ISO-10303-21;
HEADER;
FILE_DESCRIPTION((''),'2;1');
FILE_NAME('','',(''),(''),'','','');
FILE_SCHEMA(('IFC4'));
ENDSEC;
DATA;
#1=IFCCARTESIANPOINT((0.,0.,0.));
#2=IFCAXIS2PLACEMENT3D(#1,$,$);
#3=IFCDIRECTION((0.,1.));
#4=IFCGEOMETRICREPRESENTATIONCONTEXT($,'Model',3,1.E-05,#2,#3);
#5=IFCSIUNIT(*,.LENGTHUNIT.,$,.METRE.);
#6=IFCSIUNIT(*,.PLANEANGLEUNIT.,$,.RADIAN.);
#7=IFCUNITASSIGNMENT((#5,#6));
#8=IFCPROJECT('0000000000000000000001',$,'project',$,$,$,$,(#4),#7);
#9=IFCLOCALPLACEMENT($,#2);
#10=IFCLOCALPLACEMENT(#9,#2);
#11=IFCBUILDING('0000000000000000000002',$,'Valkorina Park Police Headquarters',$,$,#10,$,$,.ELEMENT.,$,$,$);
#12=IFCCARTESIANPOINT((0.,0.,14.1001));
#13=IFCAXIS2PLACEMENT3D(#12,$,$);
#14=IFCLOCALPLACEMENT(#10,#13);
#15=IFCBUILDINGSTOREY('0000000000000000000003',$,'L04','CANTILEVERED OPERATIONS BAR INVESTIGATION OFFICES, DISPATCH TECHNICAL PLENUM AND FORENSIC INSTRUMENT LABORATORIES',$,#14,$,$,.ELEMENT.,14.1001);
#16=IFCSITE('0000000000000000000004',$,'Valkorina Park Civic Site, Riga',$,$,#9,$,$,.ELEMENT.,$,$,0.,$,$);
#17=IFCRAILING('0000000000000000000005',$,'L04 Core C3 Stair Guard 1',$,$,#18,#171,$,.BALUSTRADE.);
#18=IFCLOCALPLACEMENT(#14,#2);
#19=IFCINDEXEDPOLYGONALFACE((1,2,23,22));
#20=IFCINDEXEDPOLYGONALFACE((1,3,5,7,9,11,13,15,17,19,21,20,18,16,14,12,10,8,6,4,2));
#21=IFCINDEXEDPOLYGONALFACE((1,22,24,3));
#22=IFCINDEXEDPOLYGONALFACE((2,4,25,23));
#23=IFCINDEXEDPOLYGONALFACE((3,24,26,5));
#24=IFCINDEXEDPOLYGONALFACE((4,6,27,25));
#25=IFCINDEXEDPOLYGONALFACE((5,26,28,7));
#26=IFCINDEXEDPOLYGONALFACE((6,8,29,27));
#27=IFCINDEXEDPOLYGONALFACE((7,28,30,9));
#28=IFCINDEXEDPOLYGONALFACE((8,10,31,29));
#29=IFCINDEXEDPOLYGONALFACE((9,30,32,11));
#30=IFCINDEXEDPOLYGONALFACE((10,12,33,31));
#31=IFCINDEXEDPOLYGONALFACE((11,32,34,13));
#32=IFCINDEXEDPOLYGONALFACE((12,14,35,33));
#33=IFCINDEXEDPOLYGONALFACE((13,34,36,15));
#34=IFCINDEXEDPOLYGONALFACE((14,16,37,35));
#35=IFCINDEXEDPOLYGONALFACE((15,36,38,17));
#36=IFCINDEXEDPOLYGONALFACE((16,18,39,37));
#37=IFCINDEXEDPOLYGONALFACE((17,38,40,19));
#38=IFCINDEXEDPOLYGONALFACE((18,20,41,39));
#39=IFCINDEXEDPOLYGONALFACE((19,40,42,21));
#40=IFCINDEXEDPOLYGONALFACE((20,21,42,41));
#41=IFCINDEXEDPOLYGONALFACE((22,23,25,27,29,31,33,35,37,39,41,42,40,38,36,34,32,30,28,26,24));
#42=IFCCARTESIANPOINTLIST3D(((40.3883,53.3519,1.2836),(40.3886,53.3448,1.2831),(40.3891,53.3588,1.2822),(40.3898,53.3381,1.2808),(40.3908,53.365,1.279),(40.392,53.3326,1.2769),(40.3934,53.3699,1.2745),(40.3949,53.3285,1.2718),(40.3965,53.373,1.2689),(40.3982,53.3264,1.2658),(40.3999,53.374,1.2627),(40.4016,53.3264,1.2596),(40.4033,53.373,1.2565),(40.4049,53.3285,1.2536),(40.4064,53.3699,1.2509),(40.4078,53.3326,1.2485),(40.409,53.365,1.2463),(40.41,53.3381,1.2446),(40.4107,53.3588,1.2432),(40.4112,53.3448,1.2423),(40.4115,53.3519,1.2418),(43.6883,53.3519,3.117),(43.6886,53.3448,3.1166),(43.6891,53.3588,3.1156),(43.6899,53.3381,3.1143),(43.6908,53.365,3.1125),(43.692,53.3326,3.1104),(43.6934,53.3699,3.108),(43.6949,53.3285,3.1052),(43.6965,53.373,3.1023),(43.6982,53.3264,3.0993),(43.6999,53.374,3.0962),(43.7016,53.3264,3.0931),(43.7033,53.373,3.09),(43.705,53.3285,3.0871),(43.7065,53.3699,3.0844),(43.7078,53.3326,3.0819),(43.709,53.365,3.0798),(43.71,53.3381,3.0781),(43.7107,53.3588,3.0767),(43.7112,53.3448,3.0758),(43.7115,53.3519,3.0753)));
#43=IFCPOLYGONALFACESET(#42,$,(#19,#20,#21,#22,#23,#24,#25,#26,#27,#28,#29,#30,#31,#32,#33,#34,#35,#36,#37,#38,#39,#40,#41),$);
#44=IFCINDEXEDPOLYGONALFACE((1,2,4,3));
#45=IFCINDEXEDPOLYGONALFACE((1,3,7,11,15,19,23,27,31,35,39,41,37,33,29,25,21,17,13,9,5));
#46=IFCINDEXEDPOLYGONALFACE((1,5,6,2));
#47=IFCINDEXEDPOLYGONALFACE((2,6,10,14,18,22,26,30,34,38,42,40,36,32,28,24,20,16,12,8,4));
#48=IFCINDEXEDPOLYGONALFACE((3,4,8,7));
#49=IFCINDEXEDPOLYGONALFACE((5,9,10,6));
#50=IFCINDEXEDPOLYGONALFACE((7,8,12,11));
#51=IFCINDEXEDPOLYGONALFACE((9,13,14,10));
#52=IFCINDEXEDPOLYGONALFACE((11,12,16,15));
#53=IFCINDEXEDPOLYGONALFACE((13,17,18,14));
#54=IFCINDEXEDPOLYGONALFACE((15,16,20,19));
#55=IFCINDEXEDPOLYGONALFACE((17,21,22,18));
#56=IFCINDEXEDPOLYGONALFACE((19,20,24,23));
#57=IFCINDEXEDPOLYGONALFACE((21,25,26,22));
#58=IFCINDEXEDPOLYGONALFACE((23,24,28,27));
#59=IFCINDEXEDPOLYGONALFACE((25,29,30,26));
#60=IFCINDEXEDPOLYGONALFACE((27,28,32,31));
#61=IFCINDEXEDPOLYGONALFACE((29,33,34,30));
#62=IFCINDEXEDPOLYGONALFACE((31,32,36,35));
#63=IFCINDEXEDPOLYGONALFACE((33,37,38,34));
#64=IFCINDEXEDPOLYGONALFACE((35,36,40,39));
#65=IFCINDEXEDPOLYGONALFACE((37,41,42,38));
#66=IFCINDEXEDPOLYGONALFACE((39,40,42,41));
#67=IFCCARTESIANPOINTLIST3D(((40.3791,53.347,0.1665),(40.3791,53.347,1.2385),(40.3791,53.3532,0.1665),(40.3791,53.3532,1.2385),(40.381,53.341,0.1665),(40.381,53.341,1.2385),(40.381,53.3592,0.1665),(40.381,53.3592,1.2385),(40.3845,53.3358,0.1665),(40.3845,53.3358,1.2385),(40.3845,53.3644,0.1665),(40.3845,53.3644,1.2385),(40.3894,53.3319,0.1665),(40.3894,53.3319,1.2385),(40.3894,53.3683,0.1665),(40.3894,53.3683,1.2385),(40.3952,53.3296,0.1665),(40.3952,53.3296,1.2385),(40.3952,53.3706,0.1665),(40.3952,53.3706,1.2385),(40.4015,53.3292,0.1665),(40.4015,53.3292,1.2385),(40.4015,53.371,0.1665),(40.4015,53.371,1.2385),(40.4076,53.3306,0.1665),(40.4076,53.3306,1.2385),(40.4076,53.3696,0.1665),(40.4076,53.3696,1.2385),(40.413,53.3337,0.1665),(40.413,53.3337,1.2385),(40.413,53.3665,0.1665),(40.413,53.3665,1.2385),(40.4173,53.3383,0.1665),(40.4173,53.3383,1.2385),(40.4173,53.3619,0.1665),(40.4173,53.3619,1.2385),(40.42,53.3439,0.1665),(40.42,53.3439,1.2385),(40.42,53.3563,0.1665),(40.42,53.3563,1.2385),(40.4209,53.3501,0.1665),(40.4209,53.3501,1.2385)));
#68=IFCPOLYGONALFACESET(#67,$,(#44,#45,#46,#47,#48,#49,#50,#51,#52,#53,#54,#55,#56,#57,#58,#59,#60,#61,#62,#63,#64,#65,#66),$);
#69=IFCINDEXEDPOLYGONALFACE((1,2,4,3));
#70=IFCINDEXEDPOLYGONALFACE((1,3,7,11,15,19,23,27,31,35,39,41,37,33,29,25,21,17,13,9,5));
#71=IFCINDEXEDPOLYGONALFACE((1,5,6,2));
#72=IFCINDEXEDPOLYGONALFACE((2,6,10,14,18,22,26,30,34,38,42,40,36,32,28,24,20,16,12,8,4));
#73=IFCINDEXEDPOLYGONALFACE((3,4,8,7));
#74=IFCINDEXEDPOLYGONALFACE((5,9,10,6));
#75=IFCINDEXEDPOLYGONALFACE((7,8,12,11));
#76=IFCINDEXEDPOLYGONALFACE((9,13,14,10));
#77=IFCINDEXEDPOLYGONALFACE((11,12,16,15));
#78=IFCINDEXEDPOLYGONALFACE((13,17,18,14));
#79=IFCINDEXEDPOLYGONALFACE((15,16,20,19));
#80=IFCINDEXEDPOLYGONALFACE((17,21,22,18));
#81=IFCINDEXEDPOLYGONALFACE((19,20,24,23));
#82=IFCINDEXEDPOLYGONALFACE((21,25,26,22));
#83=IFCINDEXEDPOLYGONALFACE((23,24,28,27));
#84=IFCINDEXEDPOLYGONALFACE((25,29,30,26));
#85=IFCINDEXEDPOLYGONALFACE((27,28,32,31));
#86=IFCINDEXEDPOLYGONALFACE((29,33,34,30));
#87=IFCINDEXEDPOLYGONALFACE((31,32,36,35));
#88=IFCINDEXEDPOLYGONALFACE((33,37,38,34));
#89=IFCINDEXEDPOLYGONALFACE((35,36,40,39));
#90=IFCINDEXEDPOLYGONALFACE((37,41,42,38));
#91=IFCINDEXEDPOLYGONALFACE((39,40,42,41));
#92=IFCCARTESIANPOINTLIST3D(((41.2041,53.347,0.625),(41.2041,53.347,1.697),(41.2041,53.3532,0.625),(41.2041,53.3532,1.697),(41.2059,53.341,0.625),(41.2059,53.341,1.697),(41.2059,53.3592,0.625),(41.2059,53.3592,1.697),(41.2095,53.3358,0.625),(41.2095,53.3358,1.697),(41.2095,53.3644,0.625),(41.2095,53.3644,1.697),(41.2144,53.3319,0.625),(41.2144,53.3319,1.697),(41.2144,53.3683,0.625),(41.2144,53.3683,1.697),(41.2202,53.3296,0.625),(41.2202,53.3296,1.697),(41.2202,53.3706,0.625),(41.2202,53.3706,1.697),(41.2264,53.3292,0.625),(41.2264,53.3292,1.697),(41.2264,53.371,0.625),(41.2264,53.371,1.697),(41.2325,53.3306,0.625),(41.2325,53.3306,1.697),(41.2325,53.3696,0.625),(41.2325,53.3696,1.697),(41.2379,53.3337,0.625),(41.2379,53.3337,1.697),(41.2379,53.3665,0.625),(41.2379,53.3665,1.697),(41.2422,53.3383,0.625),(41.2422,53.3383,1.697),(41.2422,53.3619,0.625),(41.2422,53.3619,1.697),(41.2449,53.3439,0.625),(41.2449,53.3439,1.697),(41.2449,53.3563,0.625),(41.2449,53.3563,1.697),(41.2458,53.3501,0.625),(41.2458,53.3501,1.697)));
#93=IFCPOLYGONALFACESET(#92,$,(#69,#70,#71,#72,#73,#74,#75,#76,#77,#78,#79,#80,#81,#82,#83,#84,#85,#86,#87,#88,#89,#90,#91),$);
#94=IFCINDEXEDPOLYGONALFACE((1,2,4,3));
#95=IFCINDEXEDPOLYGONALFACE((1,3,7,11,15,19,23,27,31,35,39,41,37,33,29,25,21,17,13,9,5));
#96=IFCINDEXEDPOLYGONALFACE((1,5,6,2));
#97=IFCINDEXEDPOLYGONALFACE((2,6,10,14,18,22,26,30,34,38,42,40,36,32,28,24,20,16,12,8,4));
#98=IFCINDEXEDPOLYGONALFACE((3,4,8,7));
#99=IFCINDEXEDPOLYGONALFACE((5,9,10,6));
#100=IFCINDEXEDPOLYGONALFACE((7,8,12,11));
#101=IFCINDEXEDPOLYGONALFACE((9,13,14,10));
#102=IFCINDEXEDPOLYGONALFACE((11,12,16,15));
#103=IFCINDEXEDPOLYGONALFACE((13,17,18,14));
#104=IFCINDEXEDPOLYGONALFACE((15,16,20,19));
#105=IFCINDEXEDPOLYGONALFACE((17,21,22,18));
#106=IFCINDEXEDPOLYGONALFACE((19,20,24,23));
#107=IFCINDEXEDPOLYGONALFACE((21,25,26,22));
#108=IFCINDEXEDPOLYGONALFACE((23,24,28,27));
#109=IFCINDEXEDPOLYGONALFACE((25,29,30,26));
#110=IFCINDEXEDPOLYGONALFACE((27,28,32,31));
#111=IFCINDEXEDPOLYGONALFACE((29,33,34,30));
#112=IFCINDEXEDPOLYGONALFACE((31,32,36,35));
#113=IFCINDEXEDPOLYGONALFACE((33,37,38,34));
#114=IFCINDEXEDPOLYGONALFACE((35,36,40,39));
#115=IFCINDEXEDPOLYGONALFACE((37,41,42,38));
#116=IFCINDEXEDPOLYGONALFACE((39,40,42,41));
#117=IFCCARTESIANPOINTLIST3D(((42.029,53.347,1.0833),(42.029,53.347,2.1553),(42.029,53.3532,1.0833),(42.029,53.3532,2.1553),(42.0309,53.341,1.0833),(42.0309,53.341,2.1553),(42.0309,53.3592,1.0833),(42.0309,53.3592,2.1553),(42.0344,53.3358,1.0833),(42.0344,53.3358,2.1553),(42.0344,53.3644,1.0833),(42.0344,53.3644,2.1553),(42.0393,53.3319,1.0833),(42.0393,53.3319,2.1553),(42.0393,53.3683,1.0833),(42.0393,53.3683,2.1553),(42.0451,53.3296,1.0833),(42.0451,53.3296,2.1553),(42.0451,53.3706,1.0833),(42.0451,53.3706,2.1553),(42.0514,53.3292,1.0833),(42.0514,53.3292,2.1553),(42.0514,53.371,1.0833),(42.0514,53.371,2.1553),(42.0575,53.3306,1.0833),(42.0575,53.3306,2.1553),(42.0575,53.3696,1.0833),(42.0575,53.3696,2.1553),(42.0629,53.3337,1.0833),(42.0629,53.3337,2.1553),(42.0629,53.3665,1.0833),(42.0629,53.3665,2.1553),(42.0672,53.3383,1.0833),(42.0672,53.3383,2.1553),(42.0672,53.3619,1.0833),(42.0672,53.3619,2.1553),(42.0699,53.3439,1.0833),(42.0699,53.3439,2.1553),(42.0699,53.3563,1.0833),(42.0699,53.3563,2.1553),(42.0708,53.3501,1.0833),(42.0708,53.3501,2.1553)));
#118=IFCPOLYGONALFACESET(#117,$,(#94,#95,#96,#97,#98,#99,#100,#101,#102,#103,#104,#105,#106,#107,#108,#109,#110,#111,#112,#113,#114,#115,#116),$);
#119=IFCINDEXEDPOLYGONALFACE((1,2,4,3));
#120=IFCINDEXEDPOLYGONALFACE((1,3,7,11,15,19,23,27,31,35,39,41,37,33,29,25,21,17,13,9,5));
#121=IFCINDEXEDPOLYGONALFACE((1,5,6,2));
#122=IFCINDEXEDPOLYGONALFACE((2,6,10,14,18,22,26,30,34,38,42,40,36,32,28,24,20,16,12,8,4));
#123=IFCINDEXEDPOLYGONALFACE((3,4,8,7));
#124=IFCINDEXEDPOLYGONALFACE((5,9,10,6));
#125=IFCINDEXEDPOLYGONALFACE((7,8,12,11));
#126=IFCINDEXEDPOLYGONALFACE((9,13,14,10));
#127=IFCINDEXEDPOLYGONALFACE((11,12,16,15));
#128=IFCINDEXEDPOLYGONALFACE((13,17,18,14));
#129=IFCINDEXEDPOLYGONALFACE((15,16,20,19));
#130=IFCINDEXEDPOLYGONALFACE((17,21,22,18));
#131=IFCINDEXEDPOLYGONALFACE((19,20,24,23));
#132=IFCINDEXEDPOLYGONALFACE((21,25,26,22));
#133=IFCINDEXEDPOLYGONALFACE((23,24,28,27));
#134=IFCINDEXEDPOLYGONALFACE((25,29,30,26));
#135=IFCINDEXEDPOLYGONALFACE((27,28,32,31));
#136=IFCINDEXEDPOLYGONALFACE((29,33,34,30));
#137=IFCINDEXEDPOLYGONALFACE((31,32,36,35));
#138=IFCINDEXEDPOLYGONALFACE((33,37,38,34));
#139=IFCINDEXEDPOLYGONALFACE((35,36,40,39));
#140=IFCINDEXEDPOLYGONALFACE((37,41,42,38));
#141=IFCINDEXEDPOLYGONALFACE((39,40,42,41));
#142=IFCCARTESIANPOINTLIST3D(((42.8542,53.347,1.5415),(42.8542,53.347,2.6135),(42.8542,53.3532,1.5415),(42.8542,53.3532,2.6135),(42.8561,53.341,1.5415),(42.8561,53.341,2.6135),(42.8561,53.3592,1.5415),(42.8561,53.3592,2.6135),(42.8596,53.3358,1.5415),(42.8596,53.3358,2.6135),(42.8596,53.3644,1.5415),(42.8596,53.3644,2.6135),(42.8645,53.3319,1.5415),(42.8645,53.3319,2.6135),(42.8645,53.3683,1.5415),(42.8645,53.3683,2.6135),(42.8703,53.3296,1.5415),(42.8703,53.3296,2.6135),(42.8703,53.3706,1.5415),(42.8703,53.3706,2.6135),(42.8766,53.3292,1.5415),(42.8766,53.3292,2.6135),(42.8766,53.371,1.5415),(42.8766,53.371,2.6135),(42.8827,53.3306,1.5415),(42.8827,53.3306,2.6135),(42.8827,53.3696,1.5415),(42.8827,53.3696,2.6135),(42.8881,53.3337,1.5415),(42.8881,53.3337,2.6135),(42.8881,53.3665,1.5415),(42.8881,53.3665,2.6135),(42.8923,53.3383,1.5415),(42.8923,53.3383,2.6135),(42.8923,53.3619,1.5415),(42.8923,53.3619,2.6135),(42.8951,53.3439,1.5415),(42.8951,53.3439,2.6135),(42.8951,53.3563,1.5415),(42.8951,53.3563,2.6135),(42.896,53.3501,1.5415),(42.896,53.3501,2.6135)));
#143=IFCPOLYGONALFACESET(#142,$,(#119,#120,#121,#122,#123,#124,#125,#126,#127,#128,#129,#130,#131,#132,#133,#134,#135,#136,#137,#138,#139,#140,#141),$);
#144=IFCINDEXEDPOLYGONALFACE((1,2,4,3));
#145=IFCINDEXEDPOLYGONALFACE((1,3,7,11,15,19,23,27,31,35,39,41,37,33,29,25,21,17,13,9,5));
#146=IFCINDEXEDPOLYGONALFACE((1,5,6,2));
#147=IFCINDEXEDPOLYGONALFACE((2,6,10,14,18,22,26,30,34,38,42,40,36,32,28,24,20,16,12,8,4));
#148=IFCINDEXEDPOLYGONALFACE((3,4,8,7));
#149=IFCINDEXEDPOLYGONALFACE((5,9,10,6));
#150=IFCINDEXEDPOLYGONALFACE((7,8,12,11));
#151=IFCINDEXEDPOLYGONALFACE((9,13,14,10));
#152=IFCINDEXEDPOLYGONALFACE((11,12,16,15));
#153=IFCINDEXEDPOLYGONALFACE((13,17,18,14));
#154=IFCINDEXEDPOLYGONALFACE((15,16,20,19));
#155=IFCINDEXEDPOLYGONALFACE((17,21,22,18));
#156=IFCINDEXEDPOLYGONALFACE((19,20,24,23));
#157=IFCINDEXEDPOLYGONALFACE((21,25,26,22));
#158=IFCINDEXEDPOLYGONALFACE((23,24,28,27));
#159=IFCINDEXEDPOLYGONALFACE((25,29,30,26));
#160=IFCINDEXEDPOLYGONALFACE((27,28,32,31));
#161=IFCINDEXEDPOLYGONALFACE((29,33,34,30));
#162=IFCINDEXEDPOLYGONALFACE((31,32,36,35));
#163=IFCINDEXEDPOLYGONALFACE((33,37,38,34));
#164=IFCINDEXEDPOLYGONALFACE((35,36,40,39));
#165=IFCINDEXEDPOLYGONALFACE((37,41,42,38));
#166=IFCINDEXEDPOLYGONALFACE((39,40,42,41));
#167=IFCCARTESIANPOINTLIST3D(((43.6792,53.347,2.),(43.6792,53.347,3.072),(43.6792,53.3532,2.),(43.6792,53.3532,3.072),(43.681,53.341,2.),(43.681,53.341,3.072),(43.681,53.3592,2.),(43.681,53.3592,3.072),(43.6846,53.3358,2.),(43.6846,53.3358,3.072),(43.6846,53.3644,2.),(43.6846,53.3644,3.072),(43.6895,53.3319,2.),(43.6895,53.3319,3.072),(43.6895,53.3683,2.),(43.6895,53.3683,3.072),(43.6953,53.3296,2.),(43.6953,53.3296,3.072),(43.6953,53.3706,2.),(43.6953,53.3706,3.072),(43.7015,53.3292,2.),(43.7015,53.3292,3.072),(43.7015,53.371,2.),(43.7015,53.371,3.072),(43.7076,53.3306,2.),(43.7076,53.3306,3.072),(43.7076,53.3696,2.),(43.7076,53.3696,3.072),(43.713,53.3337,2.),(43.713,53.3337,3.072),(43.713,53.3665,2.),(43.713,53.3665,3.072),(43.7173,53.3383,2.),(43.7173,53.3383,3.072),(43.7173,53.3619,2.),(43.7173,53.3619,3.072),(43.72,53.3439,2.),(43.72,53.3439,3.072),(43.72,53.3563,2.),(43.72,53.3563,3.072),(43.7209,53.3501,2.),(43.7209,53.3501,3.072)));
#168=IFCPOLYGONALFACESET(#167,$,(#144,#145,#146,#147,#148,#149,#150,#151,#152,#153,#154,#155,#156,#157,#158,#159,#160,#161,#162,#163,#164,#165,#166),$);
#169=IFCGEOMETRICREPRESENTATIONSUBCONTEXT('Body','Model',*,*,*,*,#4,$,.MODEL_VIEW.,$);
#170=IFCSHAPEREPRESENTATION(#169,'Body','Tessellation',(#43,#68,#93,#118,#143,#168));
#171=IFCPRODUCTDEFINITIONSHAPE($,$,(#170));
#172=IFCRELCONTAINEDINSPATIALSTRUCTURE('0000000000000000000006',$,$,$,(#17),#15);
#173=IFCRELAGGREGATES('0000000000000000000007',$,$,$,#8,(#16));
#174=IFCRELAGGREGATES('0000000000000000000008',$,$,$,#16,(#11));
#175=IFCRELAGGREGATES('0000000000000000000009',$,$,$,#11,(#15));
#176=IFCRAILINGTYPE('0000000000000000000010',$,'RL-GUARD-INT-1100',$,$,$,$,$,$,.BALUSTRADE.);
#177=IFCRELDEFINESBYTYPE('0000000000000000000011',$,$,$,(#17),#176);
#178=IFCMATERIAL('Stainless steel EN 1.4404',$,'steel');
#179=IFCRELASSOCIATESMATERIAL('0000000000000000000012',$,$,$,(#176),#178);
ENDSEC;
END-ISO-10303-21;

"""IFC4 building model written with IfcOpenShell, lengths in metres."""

from ifc_helpers import new_model, si_unit, direction, frame, origin, origin_2d, place, context, subcontext, project, spatial, circle, extrude, material, type_object, element, save


model = new_model("IFC4")

# Units and contexts
model_context = context("Model", 3, precision=1e-05, world=origin(), true_north=direction((0.0, 1.0)))
body_context = subcontext(model_context, "Body", "Model", "MODEL_VIEW")
ifc_project = project(units=[si_unit("LENGTHUNIT", "METRE"), si_unit("PLANEANGLEUNIT", "RADIAN")], contexts=[model_context])

# Site, building, storey
site_placement = place(None, origin())
site = spatial("IfcSite", under=ifc_project, at=site_placement, Name="Valkorina Park Civic Site, Riga", CompositionType="ELEMENT", RefElevation=0.0)
building_placement = place(site_placement, origin())
building = spatial("IfcBuilding", under=site, at=building_placement, Name="Valkorina Park Police Headquarters", CompositionType="ELEMENT")
storey_placement = place(building_placement, frame((0.0, 0.0, 14.1001)))
storey = spatial("IfcBuildingStorey", under=building, at=storey_placement, Name="L04", Description="CANTILEVERED OPERATIONS BAR INVESTIGATION OFFICES, DISPATCH TECHNICAL PLENUM AND FORENSIC INSTRUMENT LABORATORIES", CompositionType="ELEMENT", Elevation=14.1001)

# Railing
ifc_material_1 = material(Name="Stainless steel EN 1.4404", Category="steel")
railing_type_1 = type_object("IfcRailingType", Name="RL-GUARD-INT-1100", PredefinedType="BALUSTRADE", material=ifc_material_1)
railing_1_placement = place(storey_placement, frame((40.3999, 53.3501, 0.1665)))
element("IfcRailing", 1, at=railing_1_placement, inside=storey, type_object=railing_type_1, Name="L04 Core C3 Stair Guard 1", PredefinedType="BALUSTRADE", context=body_context, shape_type="SweptSolid", body=[
    extrude(circle(Radius=0.0239, at=origin_2d()), frame((0.0, 0.0, 1.0962), z_axis=(0.874142, 0.0, 0.48567), x_axis=(0.0, 1.0, 0.0)), (0.0, 0.0, 1.0), 3.7751),
    extrude(circle(Radius=0.021, at=origin_2d()), origin(), (0.0, 0.0, 1.0), 1.072),
    extrude(circle(Radius=0.021, at=origin_2d()), frame((0.825, 0.0, 0.4585)), (0.0, 0.0, 1.0), 1.072),
    extrude(circle(Radius=0.021, at=origin_2d()), frame((1.6499, 0.0, 0.9167)), (0.0, 0.0, 1.0), 1.072),
    extrude(circle(Radius=0.021, at=origin_2d()), frame((2.4751, 0.0, 1.375)), (0.0, 0.0, 1.0), 1.072),
    extrude(circle(Radius=0.021, at=origin_2d()), frame((3.3, 0.0, 1.8335)), (0.0, 0.0, 1.0), 1.072),
])

save(model, "model.ifc")
